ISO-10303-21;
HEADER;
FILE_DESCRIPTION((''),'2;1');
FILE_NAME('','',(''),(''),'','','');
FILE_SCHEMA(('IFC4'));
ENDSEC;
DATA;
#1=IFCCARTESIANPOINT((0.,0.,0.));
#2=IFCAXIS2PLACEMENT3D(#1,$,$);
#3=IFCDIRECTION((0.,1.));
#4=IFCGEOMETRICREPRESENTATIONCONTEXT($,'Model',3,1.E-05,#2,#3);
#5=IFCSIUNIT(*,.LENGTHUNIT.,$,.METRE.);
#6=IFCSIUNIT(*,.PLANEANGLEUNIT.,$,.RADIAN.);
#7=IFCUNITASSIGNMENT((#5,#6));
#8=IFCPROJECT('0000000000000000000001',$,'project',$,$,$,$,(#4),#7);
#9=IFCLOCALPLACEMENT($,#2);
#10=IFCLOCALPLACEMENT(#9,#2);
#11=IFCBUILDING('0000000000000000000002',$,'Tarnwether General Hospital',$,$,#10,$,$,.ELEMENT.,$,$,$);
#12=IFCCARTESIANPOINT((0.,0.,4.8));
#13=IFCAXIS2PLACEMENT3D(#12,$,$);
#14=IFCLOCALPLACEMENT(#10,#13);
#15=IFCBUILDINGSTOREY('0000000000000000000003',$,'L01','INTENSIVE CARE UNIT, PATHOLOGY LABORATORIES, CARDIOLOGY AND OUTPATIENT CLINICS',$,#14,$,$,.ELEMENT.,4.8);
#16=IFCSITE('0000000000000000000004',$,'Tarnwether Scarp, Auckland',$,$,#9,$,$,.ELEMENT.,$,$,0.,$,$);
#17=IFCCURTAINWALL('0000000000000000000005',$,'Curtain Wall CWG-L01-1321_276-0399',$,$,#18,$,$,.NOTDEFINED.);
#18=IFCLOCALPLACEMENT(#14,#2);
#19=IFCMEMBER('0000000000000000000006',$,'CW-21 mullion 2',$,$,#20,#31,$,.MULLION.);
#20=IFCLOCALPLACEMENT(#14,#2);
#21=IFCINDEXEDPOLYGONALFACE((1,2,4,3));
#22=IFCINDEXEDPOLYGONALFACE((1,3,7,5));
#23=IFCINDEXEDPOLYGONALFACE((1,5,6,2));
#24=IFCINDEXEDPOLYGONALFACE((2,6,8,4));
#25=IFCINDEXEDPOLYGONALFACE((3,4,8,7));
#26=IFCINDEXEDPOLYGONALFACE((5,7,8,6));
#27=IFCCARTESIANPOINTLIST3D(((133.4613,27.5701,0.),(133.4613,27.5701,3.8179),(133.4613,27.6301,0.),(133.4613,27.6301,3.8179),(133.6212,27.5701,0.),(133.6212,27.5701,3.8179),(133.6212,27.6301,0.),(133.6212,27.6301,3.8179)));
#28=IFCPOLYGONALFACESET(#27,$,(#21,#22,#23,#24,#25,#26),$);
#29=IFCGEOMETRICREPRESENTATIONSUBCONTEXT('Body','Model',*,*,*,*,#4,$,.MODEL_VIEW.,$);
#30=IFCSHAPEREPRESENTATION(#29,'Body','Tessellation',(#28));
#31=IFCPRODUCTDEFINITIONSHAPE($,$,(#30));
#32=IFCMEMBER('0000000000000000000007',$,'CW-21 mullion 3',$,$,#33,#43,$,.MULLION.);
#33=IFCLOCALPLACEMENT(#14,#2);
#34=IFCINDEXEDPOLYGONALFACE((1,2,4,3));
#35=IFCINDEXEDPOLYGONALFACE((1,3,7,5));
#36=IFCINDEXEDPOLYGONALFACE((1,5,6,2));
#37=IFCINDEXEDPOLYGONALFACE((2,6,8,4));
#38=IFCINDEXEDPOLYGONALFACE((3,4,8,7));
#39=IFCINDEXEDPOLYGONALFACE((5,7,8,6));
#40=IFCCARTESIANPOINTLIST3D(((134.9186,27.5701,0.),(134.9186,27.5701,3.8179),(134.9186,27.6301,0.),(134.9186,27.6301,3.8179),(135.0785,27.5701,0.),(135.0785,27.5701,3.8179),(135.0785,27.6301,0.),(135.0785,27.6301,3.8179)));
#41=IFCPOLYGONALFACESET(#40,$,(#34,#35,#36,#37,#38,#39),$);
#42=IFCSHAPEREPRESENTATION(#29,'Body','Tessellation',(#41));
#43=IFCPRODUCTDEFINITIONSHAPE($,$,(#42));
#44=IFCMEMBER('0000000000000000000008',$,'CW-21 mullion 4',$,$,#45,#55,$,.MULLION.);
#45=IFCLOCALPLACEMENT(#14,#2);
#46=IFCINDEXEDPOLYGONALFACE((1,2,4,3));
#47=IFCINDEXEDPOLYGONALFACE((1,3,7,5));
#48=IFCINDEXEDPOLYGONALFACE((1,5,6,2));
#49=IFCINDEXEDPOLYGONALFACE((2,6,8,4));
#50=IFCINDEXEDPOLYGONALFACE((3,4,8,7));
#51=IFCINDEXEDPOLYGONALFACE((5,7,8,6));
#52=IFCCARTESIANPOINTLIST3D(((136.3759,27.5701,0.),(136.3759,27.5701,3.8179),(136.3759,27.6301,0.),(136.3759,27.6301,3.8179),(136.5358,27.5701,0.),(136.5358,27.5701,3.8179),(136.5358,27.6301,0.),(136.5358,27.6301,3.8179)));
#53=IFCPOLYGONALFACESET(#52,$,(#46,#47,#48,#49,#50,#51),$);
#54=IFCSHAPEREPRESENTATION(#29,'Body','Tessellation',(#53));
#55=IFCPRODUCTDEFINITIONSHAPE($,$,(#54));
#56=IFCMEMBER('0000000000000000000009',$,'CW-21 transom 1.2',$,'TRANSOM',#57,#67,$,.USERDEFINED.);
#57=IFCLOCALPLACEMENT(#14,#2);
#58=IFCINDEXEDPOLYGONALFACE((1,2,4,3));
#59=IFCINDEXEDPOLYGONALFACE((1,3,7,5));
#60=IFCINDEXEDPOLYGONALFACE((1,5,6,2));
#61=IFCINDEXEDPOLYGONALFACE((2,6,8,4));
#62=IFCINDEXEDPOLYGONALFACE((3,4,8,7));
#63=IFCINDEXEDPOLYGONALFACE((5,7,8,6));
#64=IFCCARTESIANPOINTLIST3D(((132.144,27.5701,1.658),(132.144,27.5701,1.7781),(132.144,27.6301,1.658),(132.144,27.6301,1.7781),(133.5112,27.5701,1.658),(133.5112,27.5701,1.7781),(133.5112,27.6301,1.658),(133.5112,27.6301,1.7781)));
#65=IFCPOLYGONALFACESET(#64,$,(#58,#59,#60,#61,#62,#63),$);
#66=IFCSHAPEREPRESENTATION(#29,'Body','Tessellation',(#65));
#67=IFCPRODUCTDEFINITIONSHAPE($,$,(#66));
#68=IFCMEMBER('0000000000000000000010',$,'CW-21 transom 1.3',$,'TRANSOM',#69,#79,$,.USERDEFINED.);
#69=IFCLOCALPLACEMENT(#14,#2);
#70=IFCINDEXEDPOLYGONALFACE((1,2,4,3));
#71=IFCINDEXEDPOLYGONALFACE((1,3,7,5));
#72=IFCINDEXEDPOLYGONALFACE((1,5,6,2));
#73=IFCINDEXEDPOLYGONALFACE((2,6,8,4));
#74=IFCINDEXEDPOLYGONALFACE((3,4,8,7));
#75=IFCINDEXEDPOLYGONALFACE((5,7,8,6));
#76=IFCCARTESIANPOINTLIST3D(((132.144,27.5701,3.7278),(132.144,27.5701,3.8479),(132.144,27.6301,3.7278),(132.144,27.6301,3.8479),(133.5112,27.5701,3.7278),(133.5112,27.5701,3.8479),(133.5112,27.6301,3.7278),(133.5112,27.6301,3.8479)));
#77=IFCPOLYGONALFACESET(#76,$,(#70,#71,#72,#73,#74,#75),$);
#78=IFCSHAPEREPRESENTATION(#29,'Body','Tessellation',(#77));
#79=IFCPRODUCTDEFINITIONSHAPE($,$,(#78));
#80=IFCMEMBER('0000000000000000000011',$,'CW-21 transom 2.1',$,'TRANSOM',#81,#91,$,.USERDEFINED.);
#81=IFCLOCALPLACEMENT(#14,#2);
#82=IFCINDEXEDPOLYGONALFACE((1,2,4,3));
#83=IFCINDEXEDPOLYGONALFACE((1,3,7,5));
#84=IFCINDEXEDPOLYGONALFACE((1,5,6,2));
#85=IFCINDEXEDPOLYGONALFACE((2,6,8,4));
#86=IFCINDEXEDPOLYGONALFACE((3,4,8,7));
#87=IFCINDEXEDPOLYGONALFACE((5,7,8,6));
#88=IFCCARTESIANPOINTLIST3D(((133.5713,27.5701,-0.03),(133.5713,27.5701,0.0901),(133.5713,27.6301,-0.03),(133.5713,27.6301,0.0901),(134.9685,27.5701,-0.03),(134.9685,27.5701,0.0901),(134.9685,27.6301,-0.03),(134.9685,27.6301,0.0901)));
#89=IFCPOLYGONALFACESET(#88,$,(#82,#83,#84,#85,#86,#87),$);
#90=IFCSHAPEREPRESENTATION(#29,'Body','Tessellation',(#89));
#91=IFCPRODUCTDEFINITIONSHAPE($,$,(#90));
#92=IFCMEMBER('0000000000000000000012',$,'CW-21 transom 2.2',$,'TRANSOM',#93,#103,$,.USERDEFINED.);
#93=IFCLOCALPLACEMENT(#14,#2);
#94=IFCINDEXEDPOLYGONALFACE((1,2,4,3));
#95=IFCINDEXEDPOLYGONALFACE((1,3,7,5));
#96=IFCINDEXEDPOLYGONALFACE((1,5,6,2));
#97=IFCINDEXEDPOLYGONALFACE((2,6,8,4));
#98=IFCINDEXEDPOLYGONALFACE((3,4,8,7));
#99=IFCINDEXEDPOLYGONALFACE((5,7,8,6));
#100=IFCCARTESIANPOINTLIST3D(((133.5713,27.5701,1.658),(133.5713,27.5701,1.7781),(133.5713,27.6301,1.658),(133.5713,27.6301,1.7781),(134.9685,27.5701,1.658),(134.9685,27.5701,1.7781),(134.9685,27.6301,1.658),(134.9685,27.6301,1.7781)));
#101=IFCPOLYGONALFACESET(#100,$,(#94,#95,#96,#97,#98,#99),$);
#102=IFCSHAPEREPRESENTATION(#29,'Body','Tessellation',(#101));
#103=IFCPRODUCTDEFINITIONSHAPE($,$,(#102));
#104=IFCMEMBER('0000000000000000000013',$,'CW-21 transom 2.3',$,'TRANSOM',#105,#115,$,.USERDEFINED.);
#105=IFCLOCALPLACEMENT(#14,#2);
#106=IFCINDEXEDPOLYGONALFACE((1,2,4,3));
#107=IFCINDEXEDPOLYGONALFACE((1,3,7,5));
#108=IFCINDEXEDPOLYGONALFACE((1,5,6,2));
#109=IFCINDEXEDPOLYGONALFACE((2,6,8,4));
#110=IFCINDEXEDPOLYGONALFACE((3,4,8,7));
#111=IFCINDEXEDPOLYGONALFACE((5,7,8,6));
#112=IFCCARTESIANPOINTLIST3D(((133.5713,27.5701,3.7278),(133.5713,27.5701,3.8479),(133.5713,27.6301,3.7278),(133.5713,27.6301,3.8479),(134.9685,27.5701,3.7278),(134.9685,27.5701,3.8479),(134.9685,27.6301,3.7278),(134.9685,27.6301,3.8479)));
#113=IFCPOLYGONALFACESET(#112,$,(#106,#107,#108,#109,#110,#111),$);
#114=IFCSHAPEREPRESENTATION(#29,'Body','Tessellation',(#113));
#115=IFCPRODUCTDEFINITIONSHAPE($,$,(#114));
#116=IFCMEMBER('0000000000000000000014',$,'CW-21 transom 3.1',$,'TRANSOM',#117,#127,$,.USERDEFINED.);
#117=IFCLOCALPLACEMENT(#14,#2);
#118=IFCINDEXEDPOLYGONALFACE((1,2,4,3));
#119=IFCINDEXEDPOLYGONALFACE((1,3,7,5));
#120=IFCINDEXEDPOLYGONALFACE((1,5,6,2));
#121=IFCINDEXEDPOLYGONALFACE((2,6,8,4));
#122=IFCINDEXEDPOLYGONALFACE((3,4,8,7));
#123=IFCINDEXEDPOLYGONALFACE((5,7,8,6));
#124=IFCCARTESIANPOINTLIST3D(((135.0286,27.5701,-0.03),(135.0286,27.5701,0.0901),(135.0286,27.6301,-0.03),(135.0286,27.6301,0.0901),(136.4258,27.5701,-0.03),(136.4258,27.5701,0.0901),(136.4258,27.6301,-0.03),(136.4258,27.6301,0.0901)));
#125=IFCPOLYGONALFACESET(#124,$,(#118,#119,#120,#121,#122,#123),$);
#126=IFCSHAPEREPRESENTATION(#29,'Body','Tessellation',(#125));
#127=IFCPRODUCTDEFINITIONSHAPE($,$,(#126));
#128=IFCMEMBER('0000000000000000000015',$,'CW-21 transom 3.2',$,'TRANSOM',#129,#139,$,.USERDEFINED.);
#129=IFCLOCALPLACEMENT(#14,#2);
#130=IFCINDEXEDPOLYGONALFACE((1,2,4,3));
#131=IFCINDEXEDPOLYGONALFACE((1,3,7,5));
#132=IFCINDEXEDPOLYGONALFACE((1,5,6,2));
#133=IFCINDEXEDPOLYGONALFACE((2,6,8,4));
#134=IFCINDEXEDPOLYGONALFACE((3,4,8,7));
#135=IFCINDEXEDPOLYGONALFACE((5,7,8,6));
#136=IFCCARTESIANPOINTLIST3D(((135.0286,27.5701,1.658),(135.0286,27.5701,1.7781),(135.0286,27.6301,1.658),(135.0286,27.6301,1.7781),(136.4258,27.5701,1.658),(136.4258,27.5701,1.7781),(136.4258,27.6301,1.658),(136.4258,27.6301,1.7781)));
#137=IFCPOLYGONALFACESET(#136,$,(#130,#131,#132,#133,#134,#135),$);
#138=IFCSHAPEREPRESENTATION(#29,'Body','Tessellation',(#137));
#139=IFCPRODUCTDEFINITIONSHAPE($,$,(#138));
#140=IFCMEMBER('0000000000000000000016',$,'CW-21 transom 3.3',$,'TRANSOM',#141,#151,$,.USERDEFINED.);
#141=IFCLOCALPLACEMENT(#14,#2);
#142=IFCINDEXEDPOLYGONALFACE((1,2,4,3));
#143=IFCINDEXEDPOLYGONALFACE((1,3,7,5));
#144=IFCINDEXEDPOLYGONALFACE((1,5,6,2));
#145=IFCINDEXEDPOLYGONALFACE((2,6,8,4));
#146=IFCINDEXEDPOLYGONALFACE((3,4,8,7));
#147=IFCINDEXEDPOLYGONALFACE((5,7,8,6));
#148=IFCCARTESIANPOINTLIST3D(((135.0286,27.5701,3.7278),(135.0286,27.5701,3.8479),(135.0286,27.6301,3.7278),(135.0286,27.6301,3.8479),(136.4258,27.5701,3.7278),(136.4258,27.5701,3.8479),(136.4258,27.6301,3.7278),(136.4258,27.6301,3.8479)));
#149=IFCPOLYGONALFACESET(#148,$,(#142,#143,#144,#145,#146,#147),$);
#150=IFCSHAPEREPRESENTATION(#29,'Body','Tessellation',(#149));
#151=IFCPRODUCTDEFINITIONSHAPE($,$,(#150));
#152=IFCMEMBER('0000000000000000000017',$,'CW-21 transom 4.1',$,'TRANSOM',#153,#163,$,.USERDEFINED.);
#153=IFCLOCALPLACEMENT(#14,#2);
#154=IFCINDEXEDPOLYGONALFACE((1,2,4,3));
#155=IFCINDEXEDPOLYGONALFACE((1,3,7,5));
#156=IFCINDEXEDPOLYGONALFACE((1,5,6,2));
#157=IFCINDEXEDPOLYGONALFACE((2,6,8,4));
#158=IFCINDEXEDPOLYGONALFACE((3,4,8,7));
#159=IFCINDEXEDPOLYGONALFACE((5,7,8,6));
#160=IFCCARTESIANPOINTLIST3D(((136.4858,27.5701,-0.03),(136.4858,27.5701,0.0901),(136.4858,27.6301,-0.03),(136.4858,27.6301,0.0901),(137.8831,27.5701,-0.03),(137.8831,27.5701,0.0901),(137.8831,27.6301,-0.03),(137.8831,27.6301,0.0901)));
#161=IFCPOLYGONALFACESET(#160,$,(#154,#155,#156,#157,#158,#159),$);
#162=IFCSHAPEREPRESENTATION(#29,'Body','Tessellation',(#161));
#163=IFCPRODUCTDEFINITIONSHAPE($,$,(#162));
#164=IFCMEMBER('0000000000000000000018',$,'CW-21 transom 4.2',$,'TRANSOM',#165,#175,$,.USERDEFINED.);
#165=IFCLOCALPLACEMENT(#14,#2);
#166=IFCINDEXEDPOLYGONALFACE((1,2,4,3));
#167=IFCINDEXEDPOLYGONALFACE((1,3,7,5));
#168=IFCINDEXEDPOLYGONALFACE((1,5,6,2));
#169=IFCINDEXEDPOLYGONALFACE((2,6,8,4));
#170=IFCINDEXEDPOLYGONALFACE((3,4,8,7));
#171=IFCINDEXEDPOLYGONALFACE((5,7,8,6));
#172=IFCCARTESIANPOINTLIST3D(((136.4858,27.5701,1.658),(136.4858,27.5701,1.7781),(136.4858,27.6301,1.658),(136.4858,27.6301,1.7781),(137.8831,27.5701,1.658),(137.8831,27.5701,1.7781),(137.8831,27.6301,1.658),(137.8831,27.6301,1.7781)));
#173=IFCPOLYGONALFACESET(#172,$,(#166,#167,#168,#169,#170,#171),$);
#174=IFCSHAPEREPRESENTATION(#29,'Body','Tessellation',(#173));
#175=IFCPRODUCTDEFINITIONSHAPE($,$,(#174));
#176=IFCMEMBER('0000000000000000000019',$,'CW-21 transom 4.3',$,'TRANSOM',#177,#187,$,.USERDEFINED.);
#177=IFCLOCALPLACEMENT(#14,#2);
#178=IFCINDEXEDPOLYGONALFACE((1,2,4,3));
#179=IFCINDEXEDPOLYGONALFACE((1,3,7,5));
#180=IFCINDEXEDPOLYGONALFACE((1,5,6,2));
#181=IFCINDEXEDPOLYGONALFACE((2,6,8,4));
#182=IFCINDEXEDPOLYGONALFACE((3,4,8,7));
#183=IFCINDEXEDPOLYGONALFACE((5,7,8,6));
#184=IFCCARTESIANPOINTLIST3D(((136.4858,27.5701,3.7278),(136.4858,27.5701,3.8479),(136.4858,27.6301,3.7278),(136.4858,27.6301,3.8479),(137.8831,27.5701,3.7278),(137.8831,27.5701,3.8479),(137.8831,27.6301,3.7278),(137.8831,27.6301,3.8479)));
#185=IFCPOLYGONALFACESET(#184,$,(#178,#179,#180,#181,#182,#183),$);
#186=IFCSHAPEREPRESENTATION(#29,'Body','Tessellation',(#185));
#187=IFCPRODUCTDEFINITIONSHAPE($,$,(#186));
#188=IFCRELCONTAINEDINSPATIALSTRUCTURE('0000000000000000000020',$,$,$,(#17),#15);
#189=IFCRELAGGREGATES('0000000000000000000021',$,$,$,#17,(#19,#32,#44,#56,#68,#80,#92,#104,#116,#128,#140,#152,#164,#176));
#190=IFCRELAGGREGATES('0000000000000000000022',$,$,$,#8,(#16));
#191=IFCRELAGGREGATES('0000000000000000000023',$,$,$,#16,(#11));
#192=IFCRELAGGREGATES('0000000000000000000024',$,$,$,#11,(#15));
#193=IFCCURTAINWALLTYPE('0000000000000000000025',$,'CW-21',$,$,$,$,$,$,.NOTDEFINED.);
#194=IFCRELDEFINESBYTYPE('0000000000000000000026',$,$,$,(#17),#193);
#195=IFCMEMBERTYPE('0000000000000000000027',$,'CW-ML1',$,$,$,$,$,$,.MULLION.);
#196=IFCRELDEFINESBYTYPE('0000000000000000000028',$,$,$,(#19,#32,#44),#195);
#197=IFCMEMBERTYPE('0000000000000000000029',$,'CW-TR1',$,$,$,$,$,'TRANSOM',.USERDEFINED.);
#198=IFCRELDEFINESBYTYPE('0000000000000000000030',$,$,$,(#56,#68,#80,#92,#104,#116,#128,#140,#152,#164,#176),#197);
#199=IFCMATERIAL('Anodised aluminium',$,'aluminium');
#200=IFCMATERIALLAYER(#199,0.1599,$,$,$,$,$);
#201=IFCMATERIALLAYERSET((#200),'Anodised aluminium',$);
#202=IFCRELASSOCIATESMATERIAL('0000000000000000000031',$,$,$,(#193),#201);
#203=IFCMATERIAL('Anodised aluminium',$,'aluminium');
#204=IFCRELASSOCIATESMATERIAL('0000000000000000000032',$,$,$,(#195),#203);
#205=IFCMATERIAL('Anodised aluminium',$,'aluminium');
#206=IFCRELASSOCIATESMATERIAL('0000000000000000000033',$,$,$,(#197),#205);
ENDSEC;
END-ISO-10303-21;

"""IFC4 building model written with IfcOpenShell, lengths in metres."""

from ifc_helpers import new_model, si_unit, direction, frame, origin, origin_2d, place, context, subcontext, project, spatial, rectangle, extrude, material, layer, layer_set, material_profile, profile_set, type_object, element, aggregate, save


model = new_model("IFC4")

# Units and contexts
model_context = context("Model", 3, precision=1e-05, world=origin(), true_north=direction((0.0, 1.0)))
body_context = subcontext(model_context, "Body", "Model", "MODEL_VIEW")
ifc_project = project(units=[si_unit("LENGTHUNIT", "METRE"), si_unit("PLANEANGLEUNIT", "RADIAN")], contexts=[model_context])

# Site, building, storey
site_placement = place(None, origin())
site = spatial("IfcSite", under=ifc_project, at=site_placement, Name="Tarnwether Scarp, Auckland", CompositionType="ELEMENT", RefElevation=0.0)
building_placement = place(site_placement, origin())
building = spatial("IfcBuilding", under=site, at=building_placement, Name="Tarnwether General Hospital", CompositionType="ELEMENT")
storey_placement = place(building_placement, frame((0.0, 0.0, 4.8)))
storey = spatial("IfcBuildingStorey", under=building, at=storey_placement, Name="L01", Description="INTENSIVE CARE UNIT, PATHOLOGY LABORATORIES, CARDIOLOGY AND OUTPATIENT CLINICS", CompositionType="ELEMENT", Elevation=4.8)

# Curtain wall, members
ifc_material_1 = material(Name="Anodised aluminium", Category="aluminium")
ifc_layer_1 = layer(ifc_material_1, 0.1599)
ifc_layer_set_1 = layer_set([ifc_layer_1], Name="Anodised aluminium")
curtain_wall_type = type_object("IfcCurtainWallType", Name="CW-21", PredefinedType="NOTDEFINED", material=ifc_layer_set_1)
curtain_wall_placement = place(storey_placement, origin())
curtain_wall = element("IfcCurtainWall", 1, at=curtain_wall_placement, inside=storey, type_object=curtain_wall_type, Name="Curtain Wall CWG-L01-1321_276-0399", PredefinedType="NOTDEFINED")
ifc_material_2 = material(Name="Anodised aluminium", Category="aluminium")
ifc_material_profile_1 = material_profile(ifc_material_2, rectangle(XDim=0.0601, YDim=0.1599, at=origin_2d()), Name="ALU-MUL-60x160")
ifc_profile_set_1 = profile_set([ifc_material_profile_1], Name="Anodised aluminium")
member_type_1 = type_object("IfcMemberType", Name="CW-ML1", PredefinedType="MULLION", material=ifc_profile_set_1)
member_1_placement = place(storey_placement, frame((133.5413, 27.6001, 0.0), z_axis=(0.0, 0.0, 1.0), x_axis=(0.0, 1.0, 0.0)))
member_1 = element("IfcMember", 2, at=member_1_placement, type_object=member_type_1, Name="CW-21 mullion 2", PredefinedType="MULLION", context=body_context, shape_type="SweptSolid", body=[
    extrude(rectangle(XDim=0.0601, YDim=0.1599, at=origin_2d()), origin(), (0.0, 0.0, 1.0), 3.8179),
])
member_2_placement = place(storey_placement, frame((134.9985, 27.6001, 0.0), z_axis=(0.0, 0.0, 1.0), x_axis=(0.0, 1.0, 0.0)))
member_2 = element("IfcMember", 3, at=member_2_placement, type_object=member_type_1, Name="CW-21 mullion 3", PredefinedType="MULLION", context=body_context, shape_type="SweptSolid", body=[
    extrude(rectangle(XDim=0.0601, YDim=0.1599, at=origin_2d()), origin(), (0.0, 0.0, 1.0), 3.8179),
])
member_3_placement = place(storey_placement, frame((136.4558, 27.6001, 0.0), z_axis=(0.0, 0.0, 1.0), x_axis=(0.0, 1.0, 0.0)))
member_3 = element("IfcMember", 4, at=member_3_placement, type_object=member_type_1, Name="CW-21 mullion 4", PredefinedType="MULLION", context=body_context, shape_type="SweptSolid", body=[
    extrude(rectangle(XDim=0.0601, YDim=0.1599, at=origin_2d()), origin(), (0.0, 0.0, 1.0), 3.8179),
])
ifc_material_3 = material(Name="Anodised aluminium", Category="aluminium")
ifc_material_profile_2 = material_profile(ifc_material_3, rectangle(XDim=0.0601, YDim=0.1201, at=origin_2d()), Name="ALU-TRN-60x120")
ifc_profile_set_2 = profile_set([ifc_material_profile_2], Name="Anodised aluminium")
member_type_2 = type_object("IfcMemberType", Name="CW-TR1", ElementType="TRANSOM", PredefinedType="USERDEFINED", material=ifc_profile_set_2)
member_4_placement = place(storey_placement, frame((132.144, 27.6001, 1.718), z_axis=(1.0, 0.0, 0.0), x_axis=(0.0, 1.0, 0.0)))
member_4 = element("IfcMember", 5, at=member_4_placement, type_object=member_type_2, Name="CW-21 transom 1.2", ObjectType="TRANSOM", PredefinedType="USERDEFINED", context=body_context, shape_type="SweptSolid", body=[
    extrude(rectangle(XDim=0.0601, YDim=0.1201, at=origin_2d()), origin(), (0.0, 0.0, 1.0), 1.3672),
])
member_5_placement = place(storey_placement, frame((132.144, 27.6001, 3.7878), z_axis=(1.0, 0.0, 0.0), x_axis=(0.0, 1.0, 0.0)))
member_5 = element("IfcMember", 6, at=member_5_placement, type_object=member_type_2, Name="CW-21 transom 1.3", ObjectType="TRANSOM", PredefinedType="USERDEFINED", context=body_context, shape_type="SweptSolid", body=[
    extrude(rectangle(XDim=0.0601, YDim=0.1201, at=origin_2d()), origin(), (0.0, 0.0, 1.0), 1.3672),
])
member_6_placement = place(storey_placement, frame((133.5713, 27.6001, 0.03), z_axis=(1.0, 0.0, 0.0), x_axis=(0.0, 1.0, 0.0)))
member_6 = element("IfcMember", 7, at=member_6_placement, type_object=member_type_2, Name="CW-21 transom 2.1", ObjectType="TRANSOM", PredefinedType="USERDEFINED", context=body_context, shape_type="SweptSolid", body=[
    extrude(rectangle(XDim=0.0601, YDim=0.1201, at=origin_2d()), origin(), (0.0, 0.0, 1.0), 1.3972),
])
member_7_placement = place(storey_placement, frame((133.5713, 27.6001, 1.718), z_axis=(1.0, 0.0, 0.0), x_axis=(0.0, 1.0, 0.0)))
member_7 = element("IfcMember", 8, at=member_7_placement, type_object=member_type_2, Name="CW-21 transom 2.2", ObjectType="TRANSOM", PredefinedType="USERDEFINED", context=body_context, shape_type="SweptSolid", body=[
    extrude(rectangle(XDim=0.0601, YDim=0.1201, at=origin_2d()), origin(), (0.0, 0.0, 1.0), 1.3972),
])
member_8_placement = place(storey_placement, frame((133.5713, 27.6001, 3.7878), z_axis=(1.0, 0.0, 0.0), x_axis=(0.0, 1.0, 0.0)))
member_8 = element("IfcMember", 9, at=member_8_placement, type_object=member_type_2, Name="CW-21 transom 2.3", ObjectType="TRANSOM", PredefinedType="USERDEFINED", context=body_context, shape_type="SweptSolid", body=[
    extrude(rectangle(XDim=0.0601, YDim=0.1201, at=origin_2d()), origin(), (0.0, 0.0, 1.0), 1.3972),
])
member_9_placement = place(storey_placement, frame((135.0286, 27.6001, 0.03), z_axis=(1.0, 0.0, 0.0), x_axis=(0.0, 1.0, 0.0)))
member_9 = element("IfcMember", 10, at=member_9_placement, type_object=member_type_2, Name="CW-21 transom 3.1", ObjectType="TRANSOM", PredefinedType="USERDEFINED", context=body_context, shape_type="SweptSolid", body=[
    extrude(rectangle(XDim=0.0601, YDim=0.1201, at=origin_2d()), origin(), (0.0, 0.0, 1.0), 1.3972),
])
member_10_placement = place(storey_placement, frame((135.0286, 27.6001, 1.718), z_axis=(1.0, 0.0, 0.0), x_axis=(0.0, 1.0, 0.0)))
member_10 = element("IfcMember", 11, at=member_10_placement, type_object=member_type_2, Name="CW-21 transom 3.2", ObjectType="TRANSOM", PredefinedType="USERDEFINED", context=body_context, shape_type="SweptSolid", body=[
    extrude(rectangle(XDim=0.0601, YDim=0.1201, at=origin_2d()), origin(), (0.0, 0.0, 1.0), 1.3972),
])
member_11_placement = place(storey_placement, frame((135.0286, 27.6001, 3.7878), z_axis=(1.0, 0.0, 0.0), x_axis=(0.0, 1.0, 0.0)))
member_11 = element("IfcMember", 12, at=member_11_placement, type_object=member_type_2, Name="CW-21 transom 3.3", ObjectType="TRANSOM", PredefinedType="USERDEFINED", context=body_context, shape_type="SweptSolid", body=[
    extrude(rectangle(XDim=0.0601, YDim=0.1201, at=origin_2d()), origin(), (0.0, 0.0, 1.0), 1.3972),
])
member_12_placement = place(storey_placement, frame((136.4858, 27.6001, 0.03), z_axis=(1.0, 0.0, 0.0), x_axis=(0.0, 1.0, 0.0)))
member_12 = element("IfcMember", 13, at=member_12_placement, type_object=member_type_2, Name="CW-21 transom 4.1", ObjectType="TRANSOM", PredefinedType="USERDEFINED", context=body_context, shape_type="SweptSolid", body=[
    extrude(rectangle(XDim=0.0601, YDim=0.1201, at=origin_2d()), origin(), (0.0, 0.0, 1.0), 1.3972),
])
member_13_placement = place(storey_placement, frame((136.4858, 27.6001, 1.718), z_axis=(1.0, 0.0, 0.0), x_axis=(0.0, 1.0, 0.0)))
member_13 = element("IfcMember", 14, at=member_13_placement, type_object=member_type_2, Name="CW-21 transom 4.2", ObjectType="TRANSOM", PredefinedType="USERDEFINED", context=body_context, shape_type="SweptSolid", body=[
    extrude(rectangle(XDim=0.0601, YDim=0.1201, at=origin_2d()), origin(), (0.0, 0.0, 1.0), 1.3972),
])
member_14_placement = place(storey_placement, frame((136.4858, 27.6001, 3.7878), z_axis=(1.0, 0.0, 0.0), x_axis=(0.0, 1.0, 0.0)))
member_14 = element("IfcMember", 15, at=member_14_placement, type_object=member_type_2, Name="CW-21 transom 4.3", ObjectType="TRANSOM", PredefinedType="USERDEFINED", context=body_context, shape_type="SweptSolid", body=[
    extrude(rectangle(XDim=0.0601, YDim=0.1201, at=origin_2d()), origin(), (0.0, 0.0, 1.0), 1.3972),
])
aggregate(curtain_wall, [member_1, member_2, member_3, member_4, member_5, member_6, member_7, member_8, member_9, member_10, member_11, member_12, member_13, member_14])

save(model, "model.ifc")
